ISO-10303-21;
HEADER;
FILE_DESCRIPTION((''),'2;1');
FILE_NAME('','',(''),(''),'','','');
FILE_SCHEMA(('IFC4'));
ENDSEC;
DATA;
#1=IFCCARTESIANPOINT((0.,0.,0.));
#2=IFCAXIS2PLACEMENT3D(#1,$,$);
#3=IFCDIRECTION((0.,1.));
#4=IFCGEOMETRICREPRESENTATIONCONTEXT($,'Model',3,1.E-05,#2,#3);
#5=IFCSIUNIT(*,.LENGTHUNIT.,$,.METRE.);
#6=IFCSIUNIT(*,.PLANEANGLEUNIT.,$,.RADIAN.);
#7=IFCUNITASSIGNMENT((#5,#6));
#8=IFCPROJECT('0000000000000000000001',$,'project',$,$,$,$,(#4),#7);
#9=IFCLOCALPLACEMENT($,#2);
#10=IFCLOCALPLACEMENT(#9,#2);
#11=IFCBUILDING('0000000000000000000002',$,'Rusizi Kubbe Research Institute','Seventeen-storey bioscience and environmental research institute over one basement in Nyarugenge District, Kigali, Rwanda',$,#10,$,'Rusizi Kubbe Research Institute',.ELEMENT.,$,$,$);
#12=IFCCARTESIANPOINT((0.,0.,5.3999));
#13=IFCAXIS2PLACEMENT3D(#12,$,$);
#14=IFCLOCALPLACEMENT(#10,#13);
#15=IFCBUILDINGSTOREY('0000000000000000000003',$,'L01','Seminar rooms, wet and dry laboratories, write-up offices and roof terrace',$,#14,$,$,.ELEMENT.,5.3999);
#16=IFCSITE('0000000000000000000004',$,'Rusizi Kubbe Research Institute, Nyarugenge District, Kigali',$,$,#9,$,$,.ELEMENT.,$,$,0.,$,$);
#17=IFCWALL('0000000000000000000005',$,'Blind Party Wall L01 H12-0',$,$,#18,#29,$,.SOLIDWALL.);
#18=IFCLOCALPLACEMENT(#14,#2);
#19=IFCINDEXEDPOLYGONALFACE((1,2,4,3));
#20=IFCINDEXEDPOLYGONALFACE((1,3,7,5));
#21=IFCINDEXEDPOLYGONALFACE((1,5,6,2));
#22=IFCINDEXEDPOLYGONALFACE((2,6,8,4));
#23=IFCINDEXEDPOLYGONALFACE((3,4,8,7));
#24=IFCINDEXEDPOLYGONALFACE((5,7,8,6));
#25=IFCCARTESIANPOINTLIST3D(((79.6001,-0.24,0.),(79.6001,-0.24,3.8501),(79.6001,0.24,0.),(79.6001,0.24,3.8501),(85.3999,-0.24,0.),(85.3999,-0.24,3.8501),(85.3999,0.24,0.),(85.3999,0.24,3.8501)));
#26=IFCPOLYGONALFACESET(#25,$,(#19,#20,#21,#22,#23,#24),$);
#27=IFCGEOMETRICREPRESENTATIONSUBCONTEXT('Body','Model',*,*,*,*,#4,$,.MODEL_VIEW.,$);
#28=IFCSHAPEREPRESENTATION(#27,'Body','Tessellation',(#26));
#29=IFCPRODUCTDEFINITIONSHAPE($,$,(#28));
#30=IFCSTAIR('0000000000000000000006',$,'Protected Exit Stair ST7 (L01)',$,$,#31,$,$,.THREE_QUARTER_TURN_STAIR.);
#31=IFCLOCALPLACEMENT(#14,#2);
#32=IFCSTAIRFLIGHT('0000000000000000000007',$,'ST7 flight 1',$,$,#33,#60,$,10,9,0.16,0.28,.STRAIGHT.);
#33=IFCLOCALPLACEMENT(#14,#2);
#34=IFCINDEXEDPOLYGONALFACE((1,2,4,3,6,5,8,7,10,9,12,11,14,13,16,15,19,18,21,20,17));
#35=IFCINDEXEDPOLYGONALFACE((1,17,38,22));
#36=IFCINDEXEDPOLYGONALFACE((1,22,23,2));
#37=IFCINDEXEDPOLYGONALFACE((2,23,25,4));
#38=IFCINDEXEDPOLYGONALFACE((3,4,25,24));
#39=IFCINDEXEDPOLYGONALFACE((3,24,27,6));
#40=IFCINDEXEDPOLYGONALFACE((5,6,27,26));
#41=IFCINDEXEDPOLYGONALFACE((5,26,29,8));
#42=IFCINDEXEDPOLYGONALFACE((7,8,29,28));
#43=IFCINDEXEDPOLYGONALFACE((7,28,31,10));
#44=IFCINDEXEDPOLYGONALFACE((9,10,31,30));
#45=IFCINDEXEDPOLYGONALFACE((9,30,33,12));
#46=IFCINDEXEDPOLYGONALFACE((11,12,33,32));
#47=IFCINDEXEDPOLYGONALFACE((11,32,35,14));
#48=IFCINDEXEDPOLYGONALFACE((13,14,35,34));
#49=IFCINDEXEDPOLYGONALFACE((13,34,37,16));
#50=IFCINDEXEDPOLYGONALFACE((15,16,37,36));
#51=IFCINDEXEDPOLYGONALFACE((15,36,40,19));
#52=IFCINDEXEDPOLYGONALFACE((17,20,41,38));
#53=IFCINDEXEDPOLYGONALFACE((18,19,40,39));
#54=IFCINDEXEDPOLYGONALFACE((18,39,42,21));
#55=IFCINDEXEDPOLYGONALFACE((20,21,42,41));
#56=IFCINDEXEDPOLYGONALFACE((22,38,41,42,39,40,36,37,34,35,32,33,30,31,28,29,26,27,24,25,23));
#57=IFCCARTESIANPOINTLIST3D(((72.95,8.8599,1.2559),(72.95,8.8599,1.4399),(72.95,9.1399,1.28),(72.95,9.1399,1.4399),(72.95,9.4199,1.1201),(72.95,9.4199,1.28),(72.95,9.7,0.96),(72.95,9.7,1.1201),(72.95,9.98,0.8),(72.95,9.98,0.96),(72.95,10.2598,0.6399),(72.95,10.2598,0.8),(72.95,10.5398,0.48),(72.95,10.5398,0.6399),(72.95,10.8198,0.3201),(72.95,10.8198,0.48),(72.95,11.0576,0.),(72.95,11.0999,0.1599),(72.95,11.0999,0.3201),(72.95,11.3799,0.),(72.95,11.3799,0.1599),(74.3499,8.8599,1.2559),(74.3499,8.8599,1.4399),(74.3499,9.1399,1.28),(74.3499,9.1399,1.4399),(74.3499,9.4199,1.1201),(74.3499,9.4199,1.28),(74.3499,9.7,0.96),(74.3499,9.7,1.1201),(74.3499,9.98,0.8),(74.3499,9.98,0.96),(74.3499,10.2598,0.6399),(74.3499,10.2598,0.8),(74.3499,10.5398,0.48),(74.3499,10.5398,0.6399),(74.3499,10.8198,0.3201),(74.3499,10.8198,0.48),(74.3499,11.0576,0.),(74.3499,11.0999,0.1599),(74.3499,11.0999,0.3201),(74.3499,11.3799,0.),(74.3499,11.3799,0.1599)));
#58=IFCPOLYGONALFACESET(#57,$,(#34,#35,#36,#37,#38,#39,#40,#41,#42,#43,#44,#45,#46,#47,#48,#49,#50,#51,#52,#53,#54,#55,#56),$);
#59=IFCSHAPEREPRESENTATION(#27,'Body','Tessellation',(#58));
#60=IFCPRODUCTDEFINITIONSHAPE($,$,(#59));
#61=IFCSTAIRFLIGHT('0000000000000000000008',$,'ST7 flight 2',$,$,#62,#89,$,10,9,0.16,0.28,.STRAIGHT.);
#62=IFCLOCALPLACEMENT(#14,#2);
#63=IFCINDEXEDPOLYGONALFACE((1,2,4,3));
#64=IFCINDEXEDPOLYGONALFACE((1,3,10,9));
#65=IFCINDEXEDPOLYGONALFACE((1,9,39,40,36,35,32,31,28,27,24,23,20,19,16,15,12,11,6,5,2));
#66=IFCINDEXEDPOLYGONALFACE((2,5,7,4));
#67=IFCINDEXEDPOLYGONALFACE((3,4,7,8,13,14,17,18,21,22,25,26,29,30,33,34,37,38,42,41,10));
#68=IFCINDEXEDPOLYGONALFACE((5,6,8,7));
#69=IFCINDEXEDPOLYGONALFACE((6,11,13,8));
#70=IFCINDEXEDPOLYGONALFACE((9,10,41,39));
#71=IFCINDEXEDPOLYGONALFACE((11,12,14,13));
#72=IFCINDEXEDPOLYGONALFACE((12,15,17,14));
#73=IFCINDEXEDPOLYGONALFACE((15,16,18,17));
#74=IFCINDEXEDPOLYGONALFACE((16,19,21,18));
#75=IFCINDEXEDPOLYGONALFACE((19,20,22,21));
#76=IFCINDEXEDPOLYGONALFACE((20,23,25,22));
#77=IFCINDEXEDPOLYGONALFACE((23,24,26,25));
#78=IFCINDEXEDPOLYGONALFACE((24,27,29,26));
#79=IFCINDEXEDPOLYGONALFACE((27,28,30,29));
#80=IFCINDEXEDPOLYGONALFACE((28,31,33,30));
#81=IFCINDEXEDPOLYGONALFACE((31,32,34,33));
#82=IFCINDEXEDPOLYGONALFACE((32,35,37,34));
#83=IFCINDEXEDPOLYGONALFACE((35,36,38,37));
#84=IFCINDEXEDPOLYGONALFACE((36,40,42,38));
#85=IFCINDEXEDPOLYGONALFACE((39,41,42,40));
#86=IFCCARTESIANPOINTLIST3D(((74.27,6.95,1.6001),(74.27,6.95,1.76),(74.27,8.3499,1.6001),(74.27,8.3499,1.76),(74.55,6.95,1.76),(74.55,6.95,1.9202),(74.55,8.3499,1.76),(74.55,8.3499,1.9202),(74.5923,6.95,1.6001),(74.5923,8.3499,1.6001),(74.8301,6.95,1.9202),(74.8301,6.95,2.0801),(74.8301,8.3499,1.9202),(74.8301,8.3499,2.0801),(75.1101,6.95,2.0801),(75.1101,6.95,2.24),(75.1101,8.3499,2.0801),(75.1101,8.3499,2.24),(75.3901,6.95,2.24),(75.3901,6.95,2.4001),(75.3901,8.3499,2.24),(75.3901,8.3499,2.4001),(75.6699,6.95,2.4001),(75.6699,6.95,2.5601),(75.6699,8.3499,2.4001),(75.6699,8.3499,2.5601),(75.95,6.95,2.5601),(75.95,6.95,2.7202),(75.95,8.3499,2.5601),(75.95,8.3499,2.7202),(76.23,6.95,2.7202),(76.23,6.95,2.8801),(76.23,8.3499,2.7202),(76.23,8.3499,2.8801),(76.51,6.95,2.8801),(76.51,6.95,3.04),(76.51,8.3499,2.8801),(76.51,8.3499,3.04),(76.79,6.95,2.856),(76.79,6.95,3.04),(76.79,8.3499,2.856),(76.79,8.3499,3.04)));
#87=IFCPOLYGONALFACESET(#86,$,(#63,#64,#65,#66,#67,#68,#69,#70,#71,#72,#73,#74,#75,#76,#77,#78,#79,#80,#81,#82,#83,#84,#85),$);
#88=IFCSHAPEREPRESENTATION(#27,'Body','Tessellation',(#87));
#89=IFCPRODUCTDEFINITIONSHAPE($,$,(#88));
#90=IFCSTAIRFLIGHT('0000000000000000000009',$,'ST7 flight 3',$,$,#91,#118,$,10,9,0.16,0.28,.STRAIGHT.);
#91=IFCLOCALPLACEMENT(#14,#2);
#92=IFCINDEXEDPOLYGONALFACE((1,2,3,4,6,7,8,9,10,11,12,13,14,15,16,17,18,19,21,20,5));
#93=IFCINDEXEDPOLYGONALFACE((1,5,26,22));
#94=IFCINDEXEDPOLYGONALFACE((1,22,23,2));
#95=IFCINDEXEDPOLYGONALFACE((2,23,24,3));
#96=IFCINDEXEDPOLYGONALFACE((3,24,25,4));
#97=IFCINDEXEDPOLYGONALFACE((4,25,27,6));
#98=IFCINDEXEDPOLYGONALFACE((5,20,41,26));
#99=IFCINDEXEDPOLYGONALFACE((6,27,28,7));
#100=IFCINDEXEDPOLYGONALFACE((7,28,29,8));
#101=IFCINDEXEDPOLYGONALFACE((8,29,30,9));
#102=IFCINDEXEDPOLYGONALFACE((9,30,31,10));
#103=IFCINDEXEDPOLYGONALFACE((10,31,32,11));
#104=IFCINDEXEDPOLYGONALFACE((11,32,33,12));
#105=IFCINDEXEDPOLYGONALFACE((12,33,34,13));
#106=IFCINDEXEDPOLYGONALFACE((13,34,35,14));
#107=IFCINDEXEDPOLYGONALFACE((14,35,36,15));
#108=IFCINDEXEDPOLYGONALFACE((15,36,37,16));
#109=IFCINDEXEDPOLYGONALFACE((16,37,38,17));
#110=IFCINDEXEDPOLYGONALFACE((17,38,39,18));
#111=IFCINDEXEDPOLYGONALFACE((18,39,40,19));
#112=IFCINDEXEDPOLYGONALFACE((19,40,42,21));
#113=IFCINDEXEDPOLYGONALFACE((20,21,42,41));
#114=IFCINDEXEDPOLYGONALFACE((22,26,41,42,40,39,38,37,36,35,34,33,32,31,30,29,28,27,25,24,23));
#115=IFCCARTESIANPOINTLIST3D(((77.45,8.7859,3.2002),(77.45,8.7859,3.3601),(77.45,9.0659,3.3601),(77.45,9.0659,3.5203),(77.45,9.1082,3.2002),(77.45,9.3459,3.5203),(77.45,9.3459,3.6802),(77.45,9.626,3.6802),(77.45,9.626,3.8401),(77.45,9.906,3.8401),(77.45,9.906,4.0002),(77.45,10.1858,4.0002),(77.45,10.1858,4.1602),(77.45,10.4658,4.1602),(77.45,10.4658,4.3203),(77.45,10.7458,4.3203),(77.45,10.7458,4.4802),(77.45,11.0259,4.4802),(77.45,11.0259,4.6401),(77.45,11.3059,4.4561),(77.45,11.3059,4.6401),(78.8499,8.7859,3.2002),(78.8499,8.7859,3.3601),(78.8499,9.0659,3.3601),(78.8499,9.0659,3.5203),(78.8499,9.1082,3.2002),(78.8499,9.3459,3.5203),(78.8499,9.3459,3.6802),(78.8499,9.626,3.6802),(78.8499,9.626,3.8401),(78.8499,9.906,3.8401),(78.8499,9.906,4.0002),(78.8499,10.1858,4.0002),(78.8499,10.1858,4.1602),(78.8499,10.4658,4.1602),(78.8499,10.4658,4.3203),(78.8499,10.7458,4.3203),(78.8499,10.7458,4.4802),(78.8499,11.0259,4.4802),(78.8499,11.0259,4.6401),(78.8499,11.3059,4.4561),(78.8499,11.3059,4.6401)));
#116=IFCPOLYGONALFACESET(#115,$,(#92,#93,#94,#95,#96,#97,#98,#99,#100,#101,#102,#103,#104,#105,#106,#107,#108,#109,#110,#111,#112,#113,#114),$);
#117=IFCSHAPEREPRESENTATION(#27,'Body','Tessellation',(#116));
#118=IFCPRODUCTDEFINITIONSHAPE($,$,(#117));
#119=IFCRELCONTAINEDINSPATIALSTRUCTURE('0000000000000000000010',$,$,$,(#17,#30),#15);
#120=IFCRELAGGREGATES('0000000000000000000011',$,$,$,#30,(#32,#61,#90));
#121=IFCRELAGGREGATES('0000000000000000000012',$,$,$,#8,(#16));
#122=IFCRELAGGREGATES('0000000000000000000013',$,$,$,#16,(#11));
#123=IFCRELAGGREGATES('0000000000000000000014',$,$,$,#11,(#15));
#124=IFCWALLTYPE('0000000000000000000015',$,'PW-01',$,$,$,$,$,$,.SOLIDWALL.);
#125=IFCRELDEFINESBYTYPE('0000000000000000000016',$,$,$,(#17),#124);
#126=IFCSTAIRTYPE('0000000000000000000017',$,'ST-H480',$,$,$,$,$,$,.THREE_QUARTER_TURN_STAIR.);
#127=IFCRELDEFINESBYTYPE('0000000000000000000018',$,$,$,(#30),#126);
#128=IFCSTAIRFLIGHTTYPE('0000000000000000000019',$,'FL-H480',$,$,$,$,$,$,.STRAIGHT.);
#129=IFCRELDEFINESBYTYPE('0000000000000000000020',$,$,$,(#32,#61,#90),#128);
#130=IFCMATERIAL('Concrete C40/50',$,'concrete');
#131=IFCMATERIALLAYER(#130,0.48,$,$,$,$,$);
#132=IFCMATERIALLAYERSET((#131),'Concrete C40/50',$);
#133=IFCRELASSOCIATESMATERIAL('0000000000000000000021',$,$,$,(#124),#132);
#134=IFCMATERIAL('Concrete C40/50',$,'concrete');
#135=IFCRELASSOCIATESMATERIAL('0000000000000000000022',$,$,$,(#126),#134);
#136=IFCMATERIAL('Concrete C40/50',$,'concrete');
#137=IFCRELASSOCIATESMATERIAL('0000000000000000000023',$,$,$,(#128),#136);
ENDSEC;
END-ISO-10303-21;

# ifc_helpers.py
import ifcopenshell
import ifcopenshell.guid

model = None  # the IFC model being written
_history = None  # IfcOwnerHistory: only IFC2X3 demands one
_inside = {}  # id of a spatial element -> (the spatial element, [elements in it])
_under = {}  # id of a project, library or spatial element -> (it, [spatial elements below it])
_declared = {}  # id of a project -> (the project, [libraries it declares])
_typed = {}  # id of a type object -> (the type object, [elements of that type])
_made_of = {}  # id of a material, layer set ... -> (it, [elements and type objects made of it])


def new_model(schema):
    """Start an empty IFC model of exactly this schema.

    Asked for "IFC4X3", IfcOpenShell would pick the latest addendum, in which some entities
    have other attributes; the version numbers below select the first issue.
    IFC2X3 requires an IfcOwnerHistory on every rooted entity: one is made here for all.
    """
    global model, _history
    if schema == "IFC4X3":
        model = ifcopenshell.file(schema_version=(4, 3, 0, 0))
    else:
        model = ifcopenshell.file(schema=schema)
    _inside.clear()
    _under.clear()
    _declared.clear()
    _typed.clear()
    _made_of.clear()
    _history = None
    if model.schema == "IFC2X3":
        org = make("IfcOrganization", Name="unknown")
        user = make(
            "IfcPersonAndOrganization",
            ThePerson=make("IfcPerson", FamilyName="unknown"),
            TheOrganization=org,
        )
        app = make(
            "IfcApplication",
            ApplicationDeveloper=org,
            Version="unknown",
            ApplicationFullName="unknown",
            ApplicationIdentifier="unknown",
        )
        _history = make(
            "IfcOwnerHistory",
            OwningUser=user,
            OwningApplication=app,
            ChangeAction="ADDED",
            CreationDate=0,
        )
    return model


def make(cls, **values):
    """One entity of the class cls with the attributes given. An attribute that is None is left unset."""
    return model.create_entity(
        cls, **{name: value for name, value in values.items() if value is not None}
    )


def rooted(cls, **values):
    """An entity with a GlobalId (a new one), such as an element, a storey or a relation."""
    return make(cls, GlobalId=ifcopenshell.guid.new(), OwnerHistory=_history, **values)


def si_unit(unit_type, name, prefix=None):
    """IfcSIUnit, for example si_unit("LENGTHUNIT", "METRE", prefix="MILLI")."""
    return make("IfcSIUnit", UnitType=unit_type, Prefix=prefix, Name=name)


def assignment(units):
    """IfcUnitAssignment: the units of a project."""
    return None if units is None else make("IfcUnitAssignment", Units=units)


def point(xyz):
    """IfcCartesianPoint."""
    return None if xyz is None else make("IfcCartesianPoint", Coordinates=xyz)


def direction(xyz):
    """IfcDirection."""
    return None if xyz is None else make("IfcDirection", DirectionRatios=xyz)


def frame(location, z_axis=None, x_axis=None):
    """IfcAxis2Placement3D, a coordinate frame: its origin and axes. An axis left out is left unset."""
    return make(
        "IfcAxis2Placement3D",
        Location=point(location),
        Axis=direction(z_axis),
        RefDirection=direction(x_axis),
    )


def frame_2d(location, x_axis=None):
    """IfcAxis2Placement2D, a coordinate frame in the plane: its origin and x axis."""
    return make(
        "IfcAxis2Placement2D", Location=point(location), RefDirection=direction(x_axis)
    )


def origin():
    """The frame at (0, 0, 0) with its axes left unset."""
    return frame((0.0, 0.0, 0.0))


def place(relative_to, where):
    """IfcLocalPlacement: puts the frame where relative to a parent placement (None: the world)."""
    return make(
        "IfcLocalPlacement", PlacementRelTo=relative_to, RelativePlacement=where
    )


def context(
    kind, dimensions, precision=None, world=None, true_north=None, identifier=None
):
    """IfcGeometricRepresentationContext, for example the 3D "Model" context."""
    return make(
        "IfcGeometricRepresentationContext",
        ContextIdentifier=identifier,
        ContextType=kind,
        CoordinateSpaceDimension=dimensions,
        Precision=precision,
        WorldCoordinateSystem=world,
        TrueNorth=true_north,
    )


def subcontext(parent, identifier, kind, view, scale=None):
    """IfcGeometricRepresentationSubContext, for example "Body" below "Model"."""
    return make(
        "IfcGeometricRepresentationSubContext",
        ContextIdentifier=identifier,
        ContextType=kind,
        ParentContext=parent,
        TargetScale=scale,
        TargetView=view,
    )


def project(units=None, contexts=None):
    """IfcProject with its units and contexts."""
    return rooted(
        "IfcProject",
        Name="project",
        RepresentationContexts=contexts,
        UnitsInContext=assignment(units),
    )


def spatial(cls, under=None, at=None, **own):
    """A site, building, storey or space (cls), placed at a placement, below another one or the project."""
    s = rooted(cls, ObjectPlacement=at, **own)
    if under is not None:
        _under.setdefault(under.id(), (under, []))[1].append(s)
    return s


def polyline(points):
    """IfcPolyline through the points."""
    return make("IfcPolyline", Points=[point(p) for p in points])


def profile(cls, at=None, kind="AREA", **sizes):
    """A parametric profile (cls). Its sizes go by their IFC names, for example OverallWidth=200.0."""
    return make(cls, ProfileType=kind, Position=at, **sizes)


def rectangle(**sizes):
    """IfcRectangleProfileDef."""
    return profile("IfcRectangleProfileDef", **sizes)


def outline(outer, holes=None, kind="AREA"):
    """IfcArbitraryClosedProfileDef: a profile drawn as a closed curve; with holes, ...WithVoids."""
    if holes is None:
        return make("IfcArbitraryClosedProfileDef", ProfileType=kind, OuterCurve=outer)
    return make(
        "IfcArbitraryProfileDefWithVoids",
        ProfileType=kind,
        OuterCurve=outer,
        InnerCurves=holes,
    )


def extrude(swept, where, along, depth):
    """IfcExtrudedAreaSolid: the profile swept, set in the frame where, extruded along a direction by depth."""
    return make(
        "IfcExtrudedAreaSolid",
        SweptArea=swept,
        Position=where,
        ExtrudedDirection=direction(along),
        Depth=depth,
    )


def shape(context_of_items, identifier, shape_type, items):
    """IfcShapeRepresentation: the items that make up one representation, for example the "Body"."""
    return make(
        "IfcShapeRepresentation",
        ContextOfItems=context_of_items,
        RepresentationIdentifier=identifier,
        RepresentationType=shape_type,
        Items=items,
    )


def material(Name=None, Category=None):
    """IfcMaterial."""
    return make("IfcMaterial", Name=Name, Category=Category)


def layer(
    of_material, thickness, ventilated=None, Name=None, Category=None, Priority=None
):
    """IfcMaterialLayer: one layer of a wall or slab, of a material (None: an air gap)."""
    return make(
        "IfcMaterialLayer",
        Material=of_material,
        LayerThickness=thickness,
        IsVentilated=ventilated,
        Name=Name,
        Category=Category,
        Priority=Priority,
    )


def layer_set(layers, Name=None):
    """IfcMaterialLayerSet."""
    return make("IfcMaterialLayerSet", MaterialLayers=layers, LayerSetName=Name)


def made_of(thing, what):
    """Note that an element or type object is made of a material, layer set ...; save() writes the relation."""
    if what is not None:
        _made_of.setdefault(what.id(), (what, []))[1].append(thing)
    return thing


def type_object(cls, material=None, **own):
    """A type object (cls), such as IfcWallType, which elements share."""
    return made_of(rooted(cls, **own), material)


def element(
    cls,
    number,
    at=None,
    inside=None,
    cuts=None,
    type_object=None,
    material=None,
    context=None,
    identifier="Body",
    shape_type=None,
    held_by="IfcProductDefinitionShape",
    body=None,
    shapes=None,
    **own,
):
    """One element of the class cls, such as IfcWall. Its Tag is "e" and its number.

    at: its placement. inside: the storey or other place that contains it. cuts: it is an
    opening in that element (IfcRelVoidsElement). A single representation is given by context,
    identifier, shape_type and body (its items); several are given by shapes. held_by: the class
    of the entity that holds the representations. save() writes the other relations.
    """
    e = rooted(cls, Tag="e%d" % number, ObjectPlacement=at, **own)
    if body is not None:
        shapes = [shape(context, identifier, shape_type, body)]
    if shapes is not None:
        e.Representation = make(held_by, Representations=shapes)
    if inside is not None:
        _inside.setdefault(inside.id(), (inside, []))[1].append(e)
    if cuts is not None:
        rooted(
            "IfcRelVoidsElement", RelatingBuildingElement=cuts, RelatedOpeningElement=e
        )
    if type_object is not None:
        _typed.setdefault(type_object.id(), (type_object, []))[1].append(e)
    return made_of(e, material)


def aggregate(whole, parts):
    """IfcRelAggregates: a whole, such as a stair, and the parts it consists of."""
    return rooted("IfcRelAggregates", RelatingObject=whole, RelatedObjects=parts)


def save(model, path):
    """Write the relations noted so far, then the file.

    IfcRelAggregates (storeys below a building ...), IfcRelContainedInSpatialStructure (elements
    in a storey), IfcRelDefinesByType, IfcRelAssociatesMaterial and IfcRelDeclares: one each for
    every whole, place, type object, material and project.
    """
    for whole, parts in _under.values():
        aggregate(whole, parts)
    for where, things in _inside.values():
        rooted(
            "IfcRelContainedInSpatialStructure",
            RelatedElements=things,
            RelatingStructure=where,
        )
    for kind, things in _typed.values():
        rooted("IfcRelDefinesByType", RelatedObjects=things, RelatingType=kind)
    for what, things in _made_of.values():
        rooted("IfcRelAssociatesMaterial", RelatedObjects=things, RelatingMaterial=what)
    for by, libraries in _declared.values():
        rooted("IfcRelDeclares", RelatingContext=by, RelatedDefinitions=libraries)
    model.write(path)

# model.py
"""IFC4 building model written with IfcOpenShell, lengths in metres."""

from ifc_helpers import new_model, si_unit, direction, frame, frame_2d, origin, place, context, subcontext, project, spatial, polyline, rectangle, outline, extrude, material, layer, layer_set, type_object, element, aggregate, save


model = new_model("IFC4")

# Units and contexts
model_context = context("Model", 3, precision=1e-05, world=origin(), true_north=direction((0.0, 1.0)))
body_context = subcontext(model_context, "Body", "Model", "MODEL_VIEW")
ifc_project = project(units=[si_unit("LENGTHUNIT", "METRE"), si_unit("PLANEANGLEUNIT", "RADIAN")], contexts=[model_context])

# Site, building, storey
site_placement = place(None, origin())
site = spatial("IfcSite", under=ifc_project, at=site_placement, Name="Rusizi Kubbe Research Institute, Nyarugenge District, Kigali", CompositionType="ELEMENT", RefElevation=0.0)
building_placement = place(site_placement, origin())
building = spatial("IfcBuilding", under=site, at=building_placement, Name="Rusizi Kubbe Research Institute", Description="Seventeen-storey bioscience and environmental research institute over one basement in Nyarugenge District, Kigali, Rwanda", LongName="Rusizi Kubbe Research Institute", CompositionType="ELEMENT")
storey_placement = place(building_placement, frame((0.0, 0.0, 5.3999)))
storey = spatial("IfcBuildingStorey", under=building, at=storey_placement, Name="L01", Description="Seminar rooms, wet and dry laboratories, write-up offices and roof terrace", CompositionType="ELEMENT", Elevation=5.3999)

# Wall
ifc_material_1 = material(Name="Concrete C40/50", Category="concrete")
ifc_layer_1 = layer(ifc_material_1, 0.48)
ifc_layer_set_1 = layer_set([ifc_layer_1], Name="Concrete C40/50")
wall_type_1 = type_object("IfcWallType", Name="PW-01", PredefinedType="SOLIDWALL", material=ifc_layer_set_1)
wall_1_placement = place(storey_placement, frame((79.6001, 0.0, 0.0), z_axis=(0.0, 0.0, 1.0), x_axis=(1.0, 0.0, 0.0)))
element("IfcWall", 1, at=wall_1_placement, inside=storey, type_object=wall_type_1, Name="Blind Party Wall L01 H12-0", PredefinedType="SOLIDWALL", context=body_context, shape_type="SweptSolid", body=[
    extrude(rectangle(XDim=5.7998, YDim=0.48, at=frame_2d((2.8999, 0.0))), origin(), (0.0, 0.0, 1.0), 3.8501),
])

# Stair, stair flights
ifc_material_2 = material(Name="Concrete C40/50", Category="concrete")
stair_type = type_object("IfcStairType", Name="ST-H480", PredefinedType="THREE_QUARTER_TURN_STAIR", material=ifc_material_2)
stair_placement = place(storey_placement, origin())
stair = element("IfcStair", 2, at=stair_placement, inside=storey, type_object=stair_type, Name="Protected Exit Stair ST7 (L01)", PredefinedType="THREE_QUARTER_TURN_STAIR")
ifc_material_3 = material(Name="Concrete C40/50", Category="concrete")
stair_flight_type = type_object("IfcStairFlightType", Name="FL-H480", PredefinedType="STRAIGHT", material=ifc_material_3)
stair_flight_1_placement = place(storey_placement, frame((73.6499, 11.3799, 0.0), z_axis=(0.0, 0.0, 1.0), x_axis=(0.0, -1.0, 0.0)))
stair_flight_1 = element("IfcStairFlight", 3, at=stair_flight_1_placement, type_object=stair_flight_type, Name="ST7 flight 1", NumberOfRisers=10, NumberOfTreads=9, PredefinedType="STRAIGHT", RiserHeight=0.16, TreadLength=0.28, context=body_context, shape_type="SweptSolid", body=[
    extrude(outline(polyline([(0.0, 0.0), (0.0, 0.1599), (0.28, 0.1599), (0.28, 0.3201), (0.5601, 0.3201), (0.5601, 0.48), (0.8401, 0.48), (0.8401, 0.6399), (1.1201, 0.6399), (1.1201, 0.8), (1.3999, 0.8), (1.3999, 0.96), (1.6799, 0.96), (1.6799, 1.1201), (1.96, 1.1201), (1.96, 1.28), (2.24, 1.28), (2.24, 1.4399), (2.52, 1.4399), (2.52, 1.6001), (2.52, 1.2559), (0.3223, 0.0), (0.0, 0.0)])), frame((0.0, 0.7, 0.0), z_axis=(0.0, -1.0, 0.0), x_axis=(1.0, 0.0, 0.0)), (0.0, 0.0, 1.0), 1.3999),
])
stair_flight_2_placement = place(storey_placement, frame((74.27, 7.6499, 1.6001), z_axis=(0.0, 0.0, 1.0), x_axis=(1.0, 0.0, 0.0)))
stair_flight_2 = element("IfcStairFlight", 4, at=stair_flight_2_placement, type_object=stair_flight_type, Name="ST7 flight 2", NumberOfRisers=10, NumberOfTreads=9, PredefinedType="STRAIGHT", RiserHeight=0.16, TreadLength=0.28, context=body_context, shape_type="SweptSolid", body=[
    extrude(outline(polyline([(0.0, 0.0), (0.0, 0.1599), (0.28, 0.1599), (0.28, 0.3201), (0.5601, 0.3201), (0.5601, 0.48), (0.8401, 0.48), (0.8401, 0.6399), (1.1201, 0.6399), (1.1201, 0.8), (1.3999, 0.8), (1.3999, 0.96), (1.6799, 0.96), (1.6799, 1.1201), (1.96, 1.1201), (1.96, 1.28), (2.24, 1.28), (2.24, 1.4399), (2.52, 1.4399), (2.52, 1.6001), (2.52, 1.2559), (0.3223, 0.0), (0.0, 0.0)])), frame((0.0, 0.7, 0.0), z_axis=(0.0, -1.0, 0.0), x_axis=(1.0, 0.0, 0.0)), (0.0, 0.0, 1.0), 1.3999),
])
stair_flight_3_placement = place(storey_placement, frame((78.1499, 8.7859, 3.2002), z_axis=(0.0, 0.0, 1.0), x_axis=(0.0, 1.0, 0.0)))
stair_flight_3 = element("IfcStairFlight", 5, at=stair_flight_3_placement, type_object=stair_flight_type, Name="ST7 flight 3", NumberOfRisers=10, NumberOfTreads=9, PredefinedType="STRAIGHT", RiserHeight=0.16, TreadLength=0.28, context=body_context, shape_type="SweptSolid", body=[
    extrude(outline(polyline([(0.0, 0.0), (0.0, 0.1599), (0.28, 0.1599), (0.28, 0.3201), (0.5601, 0.3201), (0.5601, 0.48), (0.8401, 0.48), (0.8401, 0.6399), (1.1201, 0.6399), (1.1201, 0.8), (1.3999, 0.8), (1.3999, 0.96), (1.6799, 0.96), (1.6799, 1.1201), (1.96, 1.1201), (1.96, 1.28), (2.24, 1.28), (2.24, 1.4399), (2.52, 1.4399), (2.52, 1.6001), (2.52, 1.2559), (0.3223, 0.0), (0.0, 0.0)])), frame((0.0, 0.7, 0.0), z_axis=(0.0, -1.0, 0.0), x_axis=(1.0, 0.0, 0.0)), (0.0, 0.0, 1.0), 1.3999),
])
aggregate(stair, [stair_flight_1, stair_flight_2, stair_flight_3])

save(model, "model.ifc")
